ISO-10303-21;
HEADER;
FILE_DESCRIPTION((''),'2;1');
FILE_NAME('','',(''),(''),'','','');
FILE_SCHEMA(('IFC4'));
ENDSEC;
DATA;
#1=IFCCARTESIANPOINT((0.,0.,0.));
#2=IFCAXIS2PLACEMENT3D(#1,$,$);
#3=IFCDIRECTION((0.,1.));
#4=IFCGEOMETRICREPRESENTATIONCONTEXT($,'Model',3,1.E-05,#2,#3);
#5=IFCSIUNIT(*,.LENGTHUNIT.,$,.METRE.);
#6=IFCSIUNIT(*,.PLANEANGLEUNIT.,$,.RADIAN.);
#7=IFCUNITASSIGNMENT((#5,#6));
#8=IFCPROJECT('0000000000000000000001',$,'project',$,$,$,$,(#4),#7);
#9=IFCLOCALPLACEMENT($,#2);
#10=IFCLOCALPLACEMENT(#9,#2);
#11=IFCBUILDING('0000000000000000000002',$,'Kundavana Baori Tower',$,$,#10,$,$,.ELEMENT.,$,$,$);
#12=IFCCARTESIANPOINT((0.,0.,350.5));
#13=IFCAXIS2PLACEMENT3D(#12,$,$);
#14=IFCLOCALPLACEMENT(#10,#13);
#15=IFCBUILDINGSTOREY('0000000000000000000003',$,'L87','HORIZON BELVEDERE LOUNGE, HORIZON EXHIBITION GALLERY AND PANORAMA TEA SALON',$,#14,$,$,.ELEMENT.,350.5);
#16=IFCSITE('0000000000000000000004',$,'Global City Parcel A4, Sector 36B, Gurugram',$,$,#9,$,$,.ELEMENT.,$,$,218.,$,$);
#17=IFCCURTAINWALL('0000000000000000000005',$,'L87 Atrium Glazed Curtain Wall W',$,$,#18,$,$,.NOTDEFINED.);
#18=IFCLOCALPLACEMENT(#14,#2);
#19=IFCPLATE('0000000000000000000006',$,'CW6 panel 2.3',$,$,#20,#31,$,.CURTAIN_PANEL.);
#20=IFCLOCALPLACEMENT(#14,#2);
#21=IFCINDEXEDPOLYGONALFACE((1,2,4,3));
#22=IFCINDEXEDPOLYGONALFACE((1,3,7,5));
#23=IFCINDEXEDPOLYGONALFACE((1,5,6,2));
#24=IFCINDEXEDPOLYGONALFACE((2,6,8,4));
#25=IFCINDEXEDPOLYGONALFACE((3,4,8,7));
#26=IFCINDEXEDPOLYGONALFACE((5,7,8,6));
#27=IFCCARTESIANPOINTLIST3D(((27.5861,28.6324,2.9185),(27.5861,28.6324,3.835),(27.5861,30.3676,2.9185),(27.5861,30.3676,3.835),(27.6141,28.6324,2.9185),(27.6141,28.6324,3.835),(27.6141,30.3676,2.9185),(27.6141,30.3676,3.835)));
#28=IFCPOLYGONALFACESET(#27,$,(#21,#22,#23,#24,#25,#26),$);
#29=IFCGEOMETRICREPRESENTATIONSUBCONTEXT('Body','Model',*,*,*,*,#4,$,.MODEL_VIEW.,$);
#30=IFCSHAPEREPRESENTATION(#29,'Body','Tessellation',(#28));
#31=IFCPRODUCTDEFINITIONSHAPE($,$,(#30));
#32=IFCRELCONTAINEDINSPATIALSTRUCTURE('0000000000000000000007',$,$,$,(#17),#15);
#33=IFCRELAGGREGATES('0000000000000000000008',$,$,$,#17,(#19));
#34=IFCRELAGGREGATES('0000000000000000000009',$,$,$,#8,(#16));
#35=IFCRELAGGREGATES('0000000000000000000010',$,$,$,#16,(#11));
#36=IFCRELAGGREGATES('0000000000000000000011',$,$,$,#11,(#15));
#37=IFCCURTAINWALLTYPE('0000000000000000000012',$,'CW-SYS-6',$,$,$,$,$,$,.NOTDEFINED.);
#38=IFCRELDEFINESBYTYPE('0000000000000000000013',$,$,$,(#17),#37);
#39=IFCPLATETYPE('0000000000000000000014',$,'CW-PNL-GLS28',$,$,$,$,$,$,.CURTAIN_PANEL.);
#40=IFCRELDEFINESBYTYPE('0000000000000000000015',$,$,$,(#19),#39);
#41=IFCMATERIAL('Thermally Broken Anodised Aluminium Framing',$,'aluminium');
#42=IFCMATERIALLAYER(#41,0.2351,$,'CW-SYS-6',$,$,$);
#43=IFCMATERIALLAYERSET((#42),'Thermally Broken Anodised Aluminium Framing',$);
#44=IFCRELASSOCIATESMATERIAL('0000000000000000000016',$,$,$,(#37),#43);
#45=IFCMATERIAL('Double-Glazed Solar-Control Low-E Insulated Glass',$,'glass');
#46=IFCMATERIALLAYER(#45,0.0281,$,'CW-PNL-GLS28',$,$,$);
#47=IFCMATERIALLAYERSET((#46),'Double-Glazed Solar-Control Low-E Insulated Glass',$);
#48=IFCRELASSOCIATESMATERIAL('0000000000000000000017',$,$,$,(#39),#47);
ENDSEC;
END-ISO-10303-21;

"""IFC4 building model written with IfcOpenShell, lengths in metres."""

from ifc_helpers import new_model, si_unit, direction, frame, origin, origin_2d, place, context, subcontext, project, spatial, rectangle, extrude, material, layer, layer_set, type_object, element, aggregate, save


model = new_model("IFC4")

# Units and contexts
model_context = context("Model", 3, precision=1e-05, world=origin(), true_north=direction((0.0, 1.0)))
body_context = subcontext(model_context, "Body", "Model", "MODEL_VIEW")
ifc_project = project(units=[si_unit("LENGTHUNIT", "METRE"), si_unit("PLANEANGLEUNIT", "RADIAN")], contexts=[model_context])

# Site, building, storey
site_placement = place(None, origin())
site = spatial("IfcSite", under=ifc_project, at=site_placement, Name="Global City Parcel A4, Sector 36B, Gurugram", CompositionType="ELEMENT", RefElevation=218.0)
building_placement = place(site_placement, origin())
building = spatial("IfcBuilding", under=site, at=building_placement, Name="Kundavana Baori Tower", CompositionType="ELEMENT")
storey_placement = place(building_placement, frame((0.0, 0.0, 350.5)))
storey = spatial("IfcBuildingStorey", under=building, at=storey_placement, Name="L87", Description="HORIZON BELVEDERE LOUNGE, HORIZON EXHIBITION GALLERY AND PANORAMA TEA SALON", CompositionType="ELEMENT", Elevation=350.5)

# Shared definitions
ifc_material_1 = material(Name="Thermally Broken Anodised Aluminium Framing", Category="aluminium")
ifc_layer_1 = layer(ifc_material_1, 0.2351, Name="CW-SYS-6")
ifc_layer_set_1 = layer_set([ifc_layer_1], Name="Thermally Broken Anodised Aluminium Framing")
curtain_wall_type = type_object("IfcCurtainWallType", Name="CW-SYS-6", PredefinedType="NOTDEFINED", material=ifc_layer_set_1)

# Curtain wall
curtain_wall_1_placement = place(storey_placement, origin())
curtain_wall_1 = element("IfcCurtainWall", 1, at=curtain_wall_1_placement, inside=storey, type_object=curtain_wall_type, Name="L87 Atrium Glazed Curtain Wall W", PredefinedType="NOTDEFINED")

# Plate
ifc_material_2 = material(Name="Double-Glazed Solar-Control Low-E Insulated Glass", Category="glass")
ifc_layer_2 = layer(ifc_material_2, 0.0281, Name="CW-PNL-GLS28")
ifc_layer_set_2 = layer_set([ifc_layer_2], Name="Double-Glazed Solar-Control Low-E Insulated Glass")
plate_type = type_object("IfcPlateType", Name="CW-PNL-GLS28", PredefinedType="CURTAIN_PANEL", material=ifc_layer_set_2)
plate_1_placement = place(storey_placement, frame((27.6001, 29.5, 2.9185), z_axis=(0.0, 0.0, 1.0), x_axis=(0.0, -1.0, 0.0)))
plate_1 = element("IfcPlate", 2, at=plate_1_placement, type_object=plate_type, Name="CW6 panel 2.3", PredefinedType="CURTAIN_PANEL", context=body_context, shape_type="SweptSolid", body=[
    extrude(rectangle(XDim=1.7351, YDim=0.0281, at=origin_2d()), origin(), (0.0, 0.0, 1.0), 0.9165),
])
aggregate(curtain_wall_1, [plate_1])

save(model, "model.ifc")
